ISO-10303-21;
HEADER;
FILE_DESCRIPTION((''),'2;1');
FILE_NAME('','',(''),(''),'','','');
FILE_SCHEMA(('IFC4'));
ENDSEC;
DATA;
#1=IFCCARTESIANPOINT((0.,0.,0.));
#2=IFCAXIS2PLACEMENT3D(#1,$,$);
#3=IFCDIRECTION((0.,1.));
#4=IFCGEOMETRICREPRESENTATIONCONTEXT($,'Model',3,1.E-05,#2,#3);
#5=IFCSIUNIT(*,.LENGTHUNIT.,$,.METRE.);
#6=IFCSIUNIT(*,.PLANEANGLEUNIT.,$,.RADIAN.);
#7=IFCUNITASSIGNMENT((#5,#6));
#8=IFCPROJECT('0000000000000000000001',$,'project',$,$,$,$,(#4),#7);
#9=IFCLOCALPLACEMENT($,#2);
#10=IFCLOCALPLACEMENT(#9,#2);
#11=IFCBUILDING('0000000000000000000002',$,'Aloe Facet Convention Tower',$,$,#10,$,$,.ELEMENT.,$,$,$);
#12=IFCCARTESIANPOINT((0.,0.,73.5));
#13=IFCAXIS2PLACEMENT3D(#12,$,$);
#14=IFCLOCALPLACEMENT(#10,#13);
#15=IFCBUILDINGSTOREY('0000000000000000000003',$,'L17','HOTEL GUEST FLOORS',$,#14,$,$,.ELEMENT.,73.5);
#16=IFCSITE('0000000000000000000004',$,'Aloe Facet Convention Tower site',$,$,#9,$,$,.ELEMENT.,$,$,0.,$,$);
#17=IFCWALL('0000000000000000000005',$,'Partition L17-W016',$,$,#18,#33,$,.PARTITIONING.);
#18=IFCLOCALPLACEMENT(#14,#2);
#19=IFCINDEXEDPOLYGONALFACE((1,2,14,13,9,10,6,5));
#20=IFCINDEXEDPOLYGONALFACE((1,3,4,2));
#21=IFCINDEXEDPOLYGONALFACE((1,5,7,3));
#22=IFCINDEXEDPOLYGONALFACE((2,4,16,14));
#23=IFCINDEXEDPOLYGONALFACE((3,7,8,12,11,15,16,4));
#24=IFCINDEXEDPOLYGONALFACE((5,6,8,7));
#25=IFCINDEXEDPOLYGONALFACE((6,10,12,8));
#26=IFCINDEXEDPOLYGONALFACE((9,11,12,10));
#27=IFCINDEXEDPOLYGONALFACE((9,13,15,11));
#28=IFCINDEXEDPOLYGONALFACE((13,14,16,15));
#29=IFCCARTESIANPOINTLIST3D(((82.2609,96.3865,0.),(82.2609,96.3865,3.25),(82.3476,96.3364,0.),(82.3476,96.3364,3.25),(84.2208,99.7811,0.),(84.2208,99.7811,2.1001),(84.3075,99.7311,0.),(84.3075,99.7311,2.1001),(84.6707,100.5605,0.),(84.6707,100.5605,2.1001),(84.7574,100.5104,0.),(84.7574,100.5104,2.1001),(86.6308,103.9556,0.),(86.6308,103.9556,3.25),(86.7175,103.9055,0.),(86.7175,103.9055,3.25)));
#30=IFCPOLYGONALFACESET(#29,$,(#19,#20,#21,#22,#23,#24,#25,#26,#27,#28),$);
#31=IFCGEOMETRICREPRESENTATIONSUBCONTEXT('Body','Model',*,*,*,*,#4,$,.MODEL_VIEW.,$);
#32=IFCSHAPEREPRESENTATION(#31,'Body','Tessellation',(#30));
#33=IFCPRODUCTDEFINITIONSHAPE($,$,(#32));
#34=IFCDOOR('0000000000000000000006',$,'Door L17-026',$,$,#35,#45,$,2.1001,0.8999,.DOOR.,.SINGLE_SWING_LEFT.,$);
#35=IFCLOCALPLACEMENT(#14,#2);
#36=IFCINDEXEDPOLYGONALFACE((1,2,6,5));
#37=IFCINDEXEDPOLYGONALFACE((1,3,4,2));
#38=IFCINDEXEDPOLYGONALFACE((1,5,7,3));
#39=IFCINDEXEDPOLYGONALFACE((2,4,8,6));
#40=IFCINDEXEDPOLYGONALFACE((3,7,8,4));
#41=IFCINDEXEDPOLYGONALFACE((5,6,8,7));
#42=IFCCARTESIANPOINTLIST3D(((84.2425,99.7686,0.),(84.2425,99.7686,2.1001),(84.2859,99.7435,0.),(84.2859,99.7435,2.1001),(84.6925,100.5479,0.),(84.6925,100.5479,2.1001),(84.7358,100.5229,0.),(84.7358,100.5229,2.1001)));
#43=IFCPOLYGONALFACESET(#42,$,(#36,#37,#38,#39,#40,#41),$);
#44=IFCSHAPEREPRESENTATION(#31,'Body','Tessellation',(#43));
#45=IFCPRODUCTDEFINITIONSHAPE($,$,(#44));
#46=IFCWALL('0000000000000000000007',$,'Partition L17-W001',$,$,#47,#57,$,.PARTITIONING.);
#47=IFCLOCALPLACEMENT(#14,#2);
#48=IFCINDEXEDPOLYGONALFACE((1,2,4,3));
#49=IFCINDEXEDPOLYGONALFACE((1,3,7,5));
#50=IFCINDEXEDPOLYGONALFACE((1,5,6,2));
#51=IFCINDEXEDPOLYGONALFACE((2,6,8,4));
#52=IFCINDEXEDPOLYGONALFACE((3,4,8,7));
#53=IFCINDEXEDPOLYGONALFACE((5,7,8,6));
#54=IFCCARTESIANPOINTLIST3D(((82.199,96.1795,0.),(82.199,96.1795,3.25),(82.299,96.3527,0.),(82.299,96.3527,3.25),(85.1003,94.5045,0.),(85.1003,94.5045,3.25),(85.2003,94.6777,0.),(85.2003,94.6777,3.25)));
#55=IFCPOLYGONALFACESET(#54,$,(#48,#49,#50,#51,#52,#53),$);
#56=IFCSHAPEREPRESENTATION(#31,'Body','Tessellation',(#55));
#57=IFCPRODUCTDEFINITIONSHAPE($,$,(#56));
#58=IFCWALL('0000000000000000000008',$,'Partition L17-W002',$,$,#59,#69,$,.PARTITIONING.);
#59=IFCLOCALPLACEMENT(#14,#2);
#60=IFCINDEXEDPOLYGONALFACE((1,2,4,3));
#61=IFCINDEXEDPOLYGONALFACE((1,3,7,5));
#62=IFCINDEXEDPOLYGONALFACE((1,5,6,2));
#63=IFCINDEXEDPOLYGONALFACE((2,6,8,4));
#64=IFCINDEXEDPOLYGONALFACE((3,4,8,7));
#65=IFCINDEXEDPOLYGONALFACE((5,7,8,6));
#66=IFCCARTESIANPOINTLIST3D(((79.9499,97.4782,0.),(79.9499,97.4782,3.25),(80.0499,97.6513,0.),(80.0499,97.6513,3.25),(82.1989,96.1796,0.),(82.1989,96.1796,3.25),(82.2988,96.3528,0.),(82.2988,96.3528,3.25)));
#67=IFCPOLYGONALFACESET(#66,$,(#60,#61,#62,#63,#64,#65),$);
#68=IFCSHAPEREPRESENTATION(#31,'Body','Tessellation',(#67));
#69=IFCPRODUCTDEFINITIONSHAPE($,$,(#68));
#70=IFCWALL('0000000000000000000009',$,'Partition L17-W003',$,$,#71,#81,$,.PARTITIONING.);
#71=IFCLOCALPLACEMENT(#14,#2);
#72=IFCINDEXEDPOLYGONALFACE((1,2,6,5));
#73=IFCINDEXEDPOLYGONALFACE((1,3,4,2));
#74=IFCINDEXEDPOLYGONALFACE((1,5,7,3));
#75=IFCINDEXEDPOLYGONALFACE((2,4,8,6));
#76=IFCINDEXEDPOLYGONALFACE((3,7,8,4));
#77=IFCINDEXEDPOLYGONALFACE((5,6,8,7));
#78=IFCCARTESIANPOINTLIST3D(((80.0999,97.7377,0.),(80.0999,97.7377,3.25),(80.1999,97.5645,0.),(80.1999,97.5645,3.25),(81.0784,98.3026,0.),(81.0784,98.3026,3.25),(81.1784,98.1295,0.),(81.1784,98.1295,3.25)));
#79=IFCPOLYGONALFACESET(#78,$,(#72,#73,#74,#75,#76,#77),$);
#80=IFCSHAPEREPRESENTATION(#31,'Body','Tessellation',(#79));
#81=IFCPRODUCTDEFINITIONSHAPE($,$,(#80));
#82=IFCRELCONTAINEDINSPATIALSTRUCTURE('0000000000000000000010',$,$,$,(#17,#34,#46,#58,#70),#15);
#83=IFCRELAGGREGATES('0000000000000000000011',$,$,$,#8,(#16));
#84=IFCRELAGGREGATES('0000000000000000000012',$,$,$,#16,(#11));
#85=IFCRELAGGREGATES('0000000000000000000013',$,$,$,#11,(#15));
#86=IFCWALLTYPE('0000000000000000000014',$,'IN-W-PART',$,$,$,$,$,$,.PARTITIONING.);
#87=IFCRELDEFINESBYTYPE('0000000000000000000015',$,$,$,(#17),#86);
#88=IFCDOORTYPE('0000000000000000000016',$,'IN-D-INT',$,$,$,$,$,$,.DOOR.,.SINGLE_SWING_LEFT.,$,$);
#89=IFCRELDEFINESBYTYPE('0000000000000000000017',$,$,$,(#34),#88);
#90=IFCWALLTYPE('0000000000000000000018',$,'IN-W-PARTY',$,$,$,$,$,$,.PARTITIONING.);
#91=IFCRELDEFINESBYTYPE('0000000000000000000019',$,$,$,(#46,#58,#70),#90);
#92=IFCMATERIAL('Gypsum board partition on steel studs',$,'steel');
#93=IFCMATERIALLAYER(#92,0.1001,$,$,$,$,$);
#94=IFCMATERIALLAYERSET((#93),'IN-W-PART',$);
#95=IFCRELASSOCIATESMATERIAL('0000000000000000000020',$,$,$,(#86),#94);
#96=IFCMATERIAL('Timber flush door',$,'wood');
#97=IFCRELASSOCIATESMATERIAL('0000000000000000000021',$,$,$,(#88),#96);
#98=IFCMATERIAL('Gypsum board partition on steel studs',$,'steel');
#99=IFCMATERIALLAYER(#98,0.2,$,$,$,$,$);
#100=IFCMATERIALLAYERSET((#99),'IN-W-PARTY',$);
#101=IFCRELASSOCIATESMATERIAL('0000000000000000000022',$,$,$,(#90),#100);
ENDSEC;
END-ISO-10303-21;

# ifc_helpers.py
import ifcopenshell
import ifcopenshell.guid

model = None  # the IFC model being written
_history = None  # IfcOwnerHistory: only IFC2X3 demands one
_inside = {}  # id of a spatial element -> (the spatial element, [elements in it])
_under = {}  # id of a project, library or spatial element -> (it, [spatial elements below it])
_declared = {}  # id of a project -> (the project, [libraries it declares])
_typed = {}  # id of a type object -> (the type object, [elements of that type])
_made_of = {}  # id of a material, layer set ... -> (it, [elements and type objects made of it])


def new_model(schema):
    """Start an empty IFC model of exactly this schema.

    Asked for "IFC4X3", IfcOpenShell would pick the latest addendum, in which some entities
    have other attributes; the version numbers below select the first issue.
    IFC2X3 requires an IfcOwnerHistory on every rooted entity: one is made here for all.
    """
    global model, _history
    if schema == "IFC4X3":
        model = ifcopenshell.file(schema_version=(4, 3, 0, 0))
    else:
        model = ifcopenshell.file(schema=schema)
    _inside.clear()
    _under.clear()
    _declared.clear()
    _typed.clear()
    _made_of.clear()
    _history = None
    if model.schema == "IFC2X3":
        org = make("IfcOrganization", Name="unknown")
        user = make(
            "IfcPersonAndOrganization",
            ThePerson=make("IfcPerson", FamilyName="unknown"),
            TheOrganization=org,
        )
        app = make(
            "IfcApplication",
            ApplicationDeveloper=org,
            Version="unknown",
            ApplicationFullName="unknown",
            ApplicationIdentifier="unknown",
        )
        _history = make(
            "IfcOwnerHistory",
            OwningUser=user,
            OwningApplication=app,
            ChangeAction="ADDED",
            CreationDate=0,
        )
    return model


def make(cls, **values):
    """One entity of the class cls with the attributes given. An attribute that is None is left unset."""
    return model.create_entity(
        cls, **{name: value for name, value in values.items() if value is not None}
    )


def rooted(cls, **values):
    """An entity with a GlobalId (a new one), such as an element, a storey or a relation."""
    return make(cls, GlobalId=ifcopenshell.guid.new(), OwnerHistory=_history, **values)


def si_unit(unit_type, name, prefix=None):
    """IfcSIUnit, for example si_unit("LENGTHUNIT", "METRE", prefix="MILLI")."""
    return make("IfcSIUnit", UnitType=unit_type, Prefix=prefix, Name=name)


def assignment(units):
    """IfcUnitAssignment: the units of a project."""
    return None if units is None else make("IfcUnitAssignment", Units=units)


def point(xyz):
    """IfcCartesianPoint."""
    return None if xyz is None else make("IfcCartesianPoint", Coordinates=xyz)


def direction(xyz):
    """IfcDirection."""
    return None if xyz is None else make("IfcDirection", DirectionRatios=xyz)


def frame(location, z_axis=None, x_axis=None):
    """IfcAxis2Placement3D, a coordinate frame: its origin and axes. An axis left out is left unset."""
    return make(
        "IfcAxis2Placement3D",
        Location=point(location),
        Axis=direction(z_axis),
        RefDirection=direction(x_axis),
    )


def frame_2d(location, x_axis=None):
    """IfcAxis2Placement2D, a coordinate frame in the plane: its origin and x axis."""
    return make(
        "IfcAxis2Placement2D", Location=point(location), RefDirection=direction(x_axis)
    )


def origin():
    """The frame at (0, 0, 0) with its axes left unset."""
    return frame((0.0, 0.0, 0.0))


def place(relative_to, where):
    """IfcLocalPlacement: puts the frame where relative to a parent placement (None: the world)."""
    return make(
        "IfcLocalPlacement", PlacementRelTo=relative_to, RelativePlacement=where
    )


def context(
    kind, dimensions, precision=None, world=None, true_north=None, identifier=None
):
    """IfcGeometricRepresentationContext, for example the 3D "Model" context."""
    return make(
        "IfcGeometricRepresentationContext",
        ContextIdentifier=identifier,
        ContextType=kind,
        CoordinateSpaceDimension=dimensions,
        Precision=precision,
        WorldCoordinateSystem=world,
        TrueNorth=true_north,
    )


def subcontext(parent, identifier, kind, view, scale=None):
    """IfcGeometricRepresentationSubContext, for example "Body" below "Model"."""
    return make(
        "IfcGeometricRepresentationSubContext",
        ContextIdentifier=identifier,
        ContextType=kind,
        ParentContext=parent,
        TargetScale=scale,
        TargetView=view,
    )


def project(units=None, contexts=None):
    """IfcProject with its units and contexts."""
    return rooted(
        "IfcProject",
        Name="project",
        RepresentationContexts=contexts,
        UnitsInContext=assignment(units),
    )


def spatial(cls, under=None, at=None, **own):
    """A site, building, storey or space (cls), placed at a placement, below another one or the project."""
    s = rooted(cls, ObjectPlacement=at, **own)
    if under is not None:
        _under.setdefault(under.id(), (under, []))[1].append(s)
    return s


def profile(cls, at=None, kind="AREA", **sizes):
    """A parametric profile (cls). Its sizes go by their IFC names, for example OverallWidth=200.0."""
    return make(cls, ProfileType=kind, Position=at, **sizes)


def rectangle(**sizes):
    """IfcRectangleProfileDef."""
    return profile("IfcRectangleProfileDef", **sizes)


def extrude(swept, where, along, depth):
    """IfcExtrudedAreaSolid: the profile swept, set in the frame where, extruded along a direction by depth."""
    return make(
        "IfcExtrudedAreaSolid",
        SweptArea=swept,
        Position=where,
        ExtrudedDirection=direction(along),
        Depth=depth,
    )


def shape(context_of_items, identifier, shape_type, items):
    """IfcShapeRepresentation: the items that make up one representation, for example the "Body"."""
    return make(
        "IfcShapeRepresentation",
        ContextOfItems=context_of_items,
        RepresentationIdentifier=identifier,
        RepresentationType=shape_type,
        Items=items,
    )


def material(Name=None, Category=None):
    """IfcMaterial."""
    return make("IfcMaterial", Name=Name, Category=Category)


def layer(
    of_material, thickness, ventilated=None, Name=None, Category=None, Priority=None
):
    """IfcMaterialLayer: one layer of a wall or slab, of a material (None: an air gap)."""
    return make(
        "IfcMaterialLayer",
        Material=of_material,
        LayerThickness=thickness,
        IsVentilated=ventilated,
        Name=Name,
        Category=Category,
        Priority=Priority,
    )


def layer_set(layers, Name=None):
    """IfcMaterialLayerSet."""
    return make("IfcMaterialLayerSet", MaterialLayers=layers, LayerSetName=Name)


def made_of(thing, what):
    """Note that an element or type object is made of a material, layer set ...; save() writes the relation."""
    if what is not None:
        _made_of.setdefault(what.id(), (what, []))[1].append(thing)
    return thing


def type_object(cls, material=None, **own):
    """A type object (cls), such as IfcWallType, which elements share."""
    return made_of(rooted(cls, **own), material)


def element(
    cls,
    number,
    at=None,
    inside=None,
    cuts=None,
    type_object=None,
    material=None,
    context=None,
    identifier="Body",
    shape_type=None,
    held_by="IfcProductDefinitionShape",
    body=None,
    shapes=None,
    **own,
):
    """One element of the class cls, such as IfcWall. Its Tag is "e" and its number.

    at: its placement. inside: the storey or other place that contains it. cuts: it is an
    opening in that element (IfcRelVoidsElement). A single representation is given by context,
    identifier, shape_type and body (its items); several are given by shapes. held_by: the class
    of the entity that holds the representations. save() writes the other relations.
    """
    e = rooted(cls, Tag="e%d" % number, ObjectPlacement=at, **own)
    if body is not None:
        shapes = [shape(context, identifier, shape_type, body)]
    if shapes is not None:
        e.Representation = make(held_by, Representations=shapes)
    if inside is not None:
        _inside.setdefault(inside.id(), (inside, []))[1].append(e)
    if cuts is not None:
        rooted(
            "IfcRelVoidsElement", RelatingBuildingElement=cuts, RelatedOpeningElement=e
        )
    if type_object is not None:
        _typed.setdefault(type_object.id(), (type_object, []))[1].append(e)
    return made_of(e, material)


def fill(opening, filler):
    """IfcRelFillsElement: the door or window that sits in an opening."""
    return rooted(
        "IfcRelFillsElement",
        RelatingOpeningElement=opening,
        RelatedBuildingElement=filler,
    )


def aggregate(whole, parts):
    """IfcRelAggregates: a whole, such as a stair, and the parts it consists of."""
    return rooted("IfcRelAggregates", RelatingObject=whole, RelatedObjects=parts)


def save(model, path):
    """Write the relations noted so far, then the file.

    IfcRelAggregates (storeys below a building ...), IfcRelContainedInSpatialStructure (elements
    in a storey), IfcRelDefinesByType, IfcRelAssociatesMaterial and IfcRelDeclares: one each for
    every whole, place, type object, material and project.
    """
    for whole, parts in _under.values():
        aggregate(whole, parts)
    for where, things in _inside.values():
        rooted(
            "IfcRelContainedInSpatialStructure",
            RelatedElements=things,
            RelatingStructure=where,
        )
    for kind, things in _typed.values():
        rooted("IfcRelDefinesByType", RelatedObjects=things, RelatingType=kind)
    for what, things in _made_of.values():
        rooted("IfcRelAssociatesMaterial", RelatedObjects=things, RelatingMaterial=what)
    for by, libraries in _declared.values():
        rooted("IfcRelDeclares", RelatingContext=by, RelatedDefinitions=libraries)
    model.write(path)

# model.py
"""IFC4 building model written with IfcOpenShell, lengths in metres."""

from ifc_helpers import new_model, si_unit, direction, frame, frame_2d, origin, place, context, subcontext, project, spatial, rectangle, extrude, material, layer, layer_set, type_object, element, fill, save


model = new_model("IFC4")

# Units and contexts
model_context = context("Model", 3, precision=1e-05, world=origin(), true_north=direction((0.0, 1.0)))
body_context = subcontext(model_context, "Body", "Model", "MODEL_VIEW")
ifc_project = project(units=[si_unit("LENGTHUNIT", "METRE"), si_unit("PLANEANGLEUNIT", "RADIAN")], contexts=[model_context])

# Site, building, storey
site_placement = place(None, origin())
site = spatial("IfcSite", under=ifc_project, at=site_placement, Name="Aloe Facet Convention Tower site", CompositionType="ELEMENT", RefElevation=0.0)
building_placement = place(site_placement, origin())
building = spatial("IfcBuilding", under=site, at=building_placement, Name="Aloe Facet Convention Tower", CompositionType="ELEMENT")
storey_placement = place(building_placement, frame((0.0, 0.0, 73.5)))
storey = spatial("IfcBuildingStorey", under=building, at=storey_placement, Name="L17", Description="HOTEL GUEST FLOORS", CompositionType="ELEMENT", Elevation=73.5)

# Wall, opening, door
ifc_material_1 = material(Name="Gypsum board partition on steel studs", Category="steel")
ifc_layer_1 = layer(ifc_material_1, 0.1001)
ifc_layer_set_1 = layer_set([ifc_layer_1], Name="IN-W-PART")
wall_type_1 = type_object("IfcWallType", Name="IN-W-PART", PredefinedType="PARTITIONING", material=ifc_layer_set_1)
wall_1_placement = place(storey_placement, frame((82.3042, 96.3613, 0.0), z_axis=(0.0, 0.0, 1.0), x_axis=(0.499988, 0.866033, 0.0)))
wall_1 = element("IfcWall", 1, at=wall_1_placement, inside=storey, type_object=wall_type_1, Name="Partition L17-W016", PredefinedType="PARTITIONING", context=body_context, shape_type="SweptSolid", body=[
    extrude(rectangle(XDim=8.74, YDim=0.1001, at=frame_2d((4.3701, 0.0))), origin(), (0.0, 0.0, 1.0), 3.25),
])
opening_1_placement = place(wall_1_placement, frame((3.9199, 0.0, 0.0)))
opening_1 = element("IfcOpeningElement", 2, at=opening_1_placement, cuts=wall_1, PredefinedType="OPENING", context=body_context, shape_type="SweptSolid", body=[
    extrude(rectangle(XDim=0.8999, YDim=2.1001, at=frame_2d((0.45, 1.05))), frame((0.0, 0.0601, 0.0), z_axis=(0.0, -1.0, 0.0), x_axis=(1.0, 0.0, 0.0)), (0.0, 0.0, 1.0), 0.1201),
])
ifc_material_2 = material(Name="Timber flush door", Category="wood")
door_type = type_object("IfcDoorType", Name="IN-D-INT", OperationType="SINGLE_SWING_LEFT", PredefinedType="DOOR", material=ifc_material_2)
door_placement = place(opening_1_placement, origin())
door = element("IfcDoor", 3, at=door_placement, inside=storey, type_object=door_type, Name="Door L17-026", OperationType="SINGLE_SWING_LEFT", OverallHeight=2.1001, OverallWidth=0.8999, PredefinedType="DOOR", context=body_context, shape_type="SweptSolid", body=[
    extrude(rectangle(XDim=0.8999, YDim=2.1001, at=frame_2d((0.45, 1.05))), frame((0.0, 0.0249, 0.0), z_axis=(0.0, -1.0, 0.0), x_axis=(1.0, 0.0, 0.0)), (0.0, 0.0, 1.0), 0.05),
])
fill(opening_1, door)

# Walls
ifc_material_3 = material(Name="Gypsum board partition on steel studs", Category="steel")
ifc_layer_2 = layer(ifc_material_3, 0.2)
ifc_layer_set_2 = layer_set([ifc_layer_2], Name="IN-W-PARTY")
wall_type_2 = type_object("IfcWallType", Name="IN-W-PARTY", PredefinedType="PARTITIONING", material=ifc_layer_set_2)
wall_2_placement = place(storey_placement, frame((82.249, 96.2661, 0.0), z_axis=(0.0, 0.0, 1.0), x_axis=(0.866033, -0.499987, 0.0)))
element("IfcWall", 4, at=wall_2_placement, inside=storey, type_object=wall_type_2, Name="Partition L17-W001", PredefinedType="PARTITIONING", context=body_context, shape_type="SweptSolid", body=[
    extrude(rectangle(XDim=3.3501, YDim=0.2, at=frame_2d((1.675, 0.0))), origin(), (0.0, 0.0, 1.0), 3.25),
])
wall_3_placement = place(storey_placement, frame((80.0, 97.5647, 0.0), z_axis=(0.0, 0.0, 1.0), x_axis=(0.866007, -0.500032, 0.0)))
element("IfcWall", 5, at=wall_3_placement, inside=storey, type_object=wall_type_2, Name="Partition L17-W002", PredefinedType="PARTITIONING", context=body_context, shape_type="SweptSolid", body=[
    extrude(rectangle(XDim=2.5969, YDim=0.2, at=frame_2d((1.2983, 0.0))), origin(), (0.0, 0.0, 1.0), 3.25),
])
wall_4_placement = place(storey_placement, frame((80.1499, 97.6511, 0.0), z_axis=(0.0, 0.0, 1.0), x_axis=(0.866027, 0.499997, 0.0)))
element("IfcWall", 6, at=wall_4_placement, inside=storey, type_object=wall_type_2, Name="Partition L17-W003", PredefinedType="PARTITIONING", context=body_context, shape_type="SweptSolid", body=[
    extrude(rectangle(XDim=1.1299, YDim=0.2, at=frame_2d((0.5649, 0.0))), origin(), (0.0, 0.0, 1.0), 3.25),
])

save(model, "model.ifc")
